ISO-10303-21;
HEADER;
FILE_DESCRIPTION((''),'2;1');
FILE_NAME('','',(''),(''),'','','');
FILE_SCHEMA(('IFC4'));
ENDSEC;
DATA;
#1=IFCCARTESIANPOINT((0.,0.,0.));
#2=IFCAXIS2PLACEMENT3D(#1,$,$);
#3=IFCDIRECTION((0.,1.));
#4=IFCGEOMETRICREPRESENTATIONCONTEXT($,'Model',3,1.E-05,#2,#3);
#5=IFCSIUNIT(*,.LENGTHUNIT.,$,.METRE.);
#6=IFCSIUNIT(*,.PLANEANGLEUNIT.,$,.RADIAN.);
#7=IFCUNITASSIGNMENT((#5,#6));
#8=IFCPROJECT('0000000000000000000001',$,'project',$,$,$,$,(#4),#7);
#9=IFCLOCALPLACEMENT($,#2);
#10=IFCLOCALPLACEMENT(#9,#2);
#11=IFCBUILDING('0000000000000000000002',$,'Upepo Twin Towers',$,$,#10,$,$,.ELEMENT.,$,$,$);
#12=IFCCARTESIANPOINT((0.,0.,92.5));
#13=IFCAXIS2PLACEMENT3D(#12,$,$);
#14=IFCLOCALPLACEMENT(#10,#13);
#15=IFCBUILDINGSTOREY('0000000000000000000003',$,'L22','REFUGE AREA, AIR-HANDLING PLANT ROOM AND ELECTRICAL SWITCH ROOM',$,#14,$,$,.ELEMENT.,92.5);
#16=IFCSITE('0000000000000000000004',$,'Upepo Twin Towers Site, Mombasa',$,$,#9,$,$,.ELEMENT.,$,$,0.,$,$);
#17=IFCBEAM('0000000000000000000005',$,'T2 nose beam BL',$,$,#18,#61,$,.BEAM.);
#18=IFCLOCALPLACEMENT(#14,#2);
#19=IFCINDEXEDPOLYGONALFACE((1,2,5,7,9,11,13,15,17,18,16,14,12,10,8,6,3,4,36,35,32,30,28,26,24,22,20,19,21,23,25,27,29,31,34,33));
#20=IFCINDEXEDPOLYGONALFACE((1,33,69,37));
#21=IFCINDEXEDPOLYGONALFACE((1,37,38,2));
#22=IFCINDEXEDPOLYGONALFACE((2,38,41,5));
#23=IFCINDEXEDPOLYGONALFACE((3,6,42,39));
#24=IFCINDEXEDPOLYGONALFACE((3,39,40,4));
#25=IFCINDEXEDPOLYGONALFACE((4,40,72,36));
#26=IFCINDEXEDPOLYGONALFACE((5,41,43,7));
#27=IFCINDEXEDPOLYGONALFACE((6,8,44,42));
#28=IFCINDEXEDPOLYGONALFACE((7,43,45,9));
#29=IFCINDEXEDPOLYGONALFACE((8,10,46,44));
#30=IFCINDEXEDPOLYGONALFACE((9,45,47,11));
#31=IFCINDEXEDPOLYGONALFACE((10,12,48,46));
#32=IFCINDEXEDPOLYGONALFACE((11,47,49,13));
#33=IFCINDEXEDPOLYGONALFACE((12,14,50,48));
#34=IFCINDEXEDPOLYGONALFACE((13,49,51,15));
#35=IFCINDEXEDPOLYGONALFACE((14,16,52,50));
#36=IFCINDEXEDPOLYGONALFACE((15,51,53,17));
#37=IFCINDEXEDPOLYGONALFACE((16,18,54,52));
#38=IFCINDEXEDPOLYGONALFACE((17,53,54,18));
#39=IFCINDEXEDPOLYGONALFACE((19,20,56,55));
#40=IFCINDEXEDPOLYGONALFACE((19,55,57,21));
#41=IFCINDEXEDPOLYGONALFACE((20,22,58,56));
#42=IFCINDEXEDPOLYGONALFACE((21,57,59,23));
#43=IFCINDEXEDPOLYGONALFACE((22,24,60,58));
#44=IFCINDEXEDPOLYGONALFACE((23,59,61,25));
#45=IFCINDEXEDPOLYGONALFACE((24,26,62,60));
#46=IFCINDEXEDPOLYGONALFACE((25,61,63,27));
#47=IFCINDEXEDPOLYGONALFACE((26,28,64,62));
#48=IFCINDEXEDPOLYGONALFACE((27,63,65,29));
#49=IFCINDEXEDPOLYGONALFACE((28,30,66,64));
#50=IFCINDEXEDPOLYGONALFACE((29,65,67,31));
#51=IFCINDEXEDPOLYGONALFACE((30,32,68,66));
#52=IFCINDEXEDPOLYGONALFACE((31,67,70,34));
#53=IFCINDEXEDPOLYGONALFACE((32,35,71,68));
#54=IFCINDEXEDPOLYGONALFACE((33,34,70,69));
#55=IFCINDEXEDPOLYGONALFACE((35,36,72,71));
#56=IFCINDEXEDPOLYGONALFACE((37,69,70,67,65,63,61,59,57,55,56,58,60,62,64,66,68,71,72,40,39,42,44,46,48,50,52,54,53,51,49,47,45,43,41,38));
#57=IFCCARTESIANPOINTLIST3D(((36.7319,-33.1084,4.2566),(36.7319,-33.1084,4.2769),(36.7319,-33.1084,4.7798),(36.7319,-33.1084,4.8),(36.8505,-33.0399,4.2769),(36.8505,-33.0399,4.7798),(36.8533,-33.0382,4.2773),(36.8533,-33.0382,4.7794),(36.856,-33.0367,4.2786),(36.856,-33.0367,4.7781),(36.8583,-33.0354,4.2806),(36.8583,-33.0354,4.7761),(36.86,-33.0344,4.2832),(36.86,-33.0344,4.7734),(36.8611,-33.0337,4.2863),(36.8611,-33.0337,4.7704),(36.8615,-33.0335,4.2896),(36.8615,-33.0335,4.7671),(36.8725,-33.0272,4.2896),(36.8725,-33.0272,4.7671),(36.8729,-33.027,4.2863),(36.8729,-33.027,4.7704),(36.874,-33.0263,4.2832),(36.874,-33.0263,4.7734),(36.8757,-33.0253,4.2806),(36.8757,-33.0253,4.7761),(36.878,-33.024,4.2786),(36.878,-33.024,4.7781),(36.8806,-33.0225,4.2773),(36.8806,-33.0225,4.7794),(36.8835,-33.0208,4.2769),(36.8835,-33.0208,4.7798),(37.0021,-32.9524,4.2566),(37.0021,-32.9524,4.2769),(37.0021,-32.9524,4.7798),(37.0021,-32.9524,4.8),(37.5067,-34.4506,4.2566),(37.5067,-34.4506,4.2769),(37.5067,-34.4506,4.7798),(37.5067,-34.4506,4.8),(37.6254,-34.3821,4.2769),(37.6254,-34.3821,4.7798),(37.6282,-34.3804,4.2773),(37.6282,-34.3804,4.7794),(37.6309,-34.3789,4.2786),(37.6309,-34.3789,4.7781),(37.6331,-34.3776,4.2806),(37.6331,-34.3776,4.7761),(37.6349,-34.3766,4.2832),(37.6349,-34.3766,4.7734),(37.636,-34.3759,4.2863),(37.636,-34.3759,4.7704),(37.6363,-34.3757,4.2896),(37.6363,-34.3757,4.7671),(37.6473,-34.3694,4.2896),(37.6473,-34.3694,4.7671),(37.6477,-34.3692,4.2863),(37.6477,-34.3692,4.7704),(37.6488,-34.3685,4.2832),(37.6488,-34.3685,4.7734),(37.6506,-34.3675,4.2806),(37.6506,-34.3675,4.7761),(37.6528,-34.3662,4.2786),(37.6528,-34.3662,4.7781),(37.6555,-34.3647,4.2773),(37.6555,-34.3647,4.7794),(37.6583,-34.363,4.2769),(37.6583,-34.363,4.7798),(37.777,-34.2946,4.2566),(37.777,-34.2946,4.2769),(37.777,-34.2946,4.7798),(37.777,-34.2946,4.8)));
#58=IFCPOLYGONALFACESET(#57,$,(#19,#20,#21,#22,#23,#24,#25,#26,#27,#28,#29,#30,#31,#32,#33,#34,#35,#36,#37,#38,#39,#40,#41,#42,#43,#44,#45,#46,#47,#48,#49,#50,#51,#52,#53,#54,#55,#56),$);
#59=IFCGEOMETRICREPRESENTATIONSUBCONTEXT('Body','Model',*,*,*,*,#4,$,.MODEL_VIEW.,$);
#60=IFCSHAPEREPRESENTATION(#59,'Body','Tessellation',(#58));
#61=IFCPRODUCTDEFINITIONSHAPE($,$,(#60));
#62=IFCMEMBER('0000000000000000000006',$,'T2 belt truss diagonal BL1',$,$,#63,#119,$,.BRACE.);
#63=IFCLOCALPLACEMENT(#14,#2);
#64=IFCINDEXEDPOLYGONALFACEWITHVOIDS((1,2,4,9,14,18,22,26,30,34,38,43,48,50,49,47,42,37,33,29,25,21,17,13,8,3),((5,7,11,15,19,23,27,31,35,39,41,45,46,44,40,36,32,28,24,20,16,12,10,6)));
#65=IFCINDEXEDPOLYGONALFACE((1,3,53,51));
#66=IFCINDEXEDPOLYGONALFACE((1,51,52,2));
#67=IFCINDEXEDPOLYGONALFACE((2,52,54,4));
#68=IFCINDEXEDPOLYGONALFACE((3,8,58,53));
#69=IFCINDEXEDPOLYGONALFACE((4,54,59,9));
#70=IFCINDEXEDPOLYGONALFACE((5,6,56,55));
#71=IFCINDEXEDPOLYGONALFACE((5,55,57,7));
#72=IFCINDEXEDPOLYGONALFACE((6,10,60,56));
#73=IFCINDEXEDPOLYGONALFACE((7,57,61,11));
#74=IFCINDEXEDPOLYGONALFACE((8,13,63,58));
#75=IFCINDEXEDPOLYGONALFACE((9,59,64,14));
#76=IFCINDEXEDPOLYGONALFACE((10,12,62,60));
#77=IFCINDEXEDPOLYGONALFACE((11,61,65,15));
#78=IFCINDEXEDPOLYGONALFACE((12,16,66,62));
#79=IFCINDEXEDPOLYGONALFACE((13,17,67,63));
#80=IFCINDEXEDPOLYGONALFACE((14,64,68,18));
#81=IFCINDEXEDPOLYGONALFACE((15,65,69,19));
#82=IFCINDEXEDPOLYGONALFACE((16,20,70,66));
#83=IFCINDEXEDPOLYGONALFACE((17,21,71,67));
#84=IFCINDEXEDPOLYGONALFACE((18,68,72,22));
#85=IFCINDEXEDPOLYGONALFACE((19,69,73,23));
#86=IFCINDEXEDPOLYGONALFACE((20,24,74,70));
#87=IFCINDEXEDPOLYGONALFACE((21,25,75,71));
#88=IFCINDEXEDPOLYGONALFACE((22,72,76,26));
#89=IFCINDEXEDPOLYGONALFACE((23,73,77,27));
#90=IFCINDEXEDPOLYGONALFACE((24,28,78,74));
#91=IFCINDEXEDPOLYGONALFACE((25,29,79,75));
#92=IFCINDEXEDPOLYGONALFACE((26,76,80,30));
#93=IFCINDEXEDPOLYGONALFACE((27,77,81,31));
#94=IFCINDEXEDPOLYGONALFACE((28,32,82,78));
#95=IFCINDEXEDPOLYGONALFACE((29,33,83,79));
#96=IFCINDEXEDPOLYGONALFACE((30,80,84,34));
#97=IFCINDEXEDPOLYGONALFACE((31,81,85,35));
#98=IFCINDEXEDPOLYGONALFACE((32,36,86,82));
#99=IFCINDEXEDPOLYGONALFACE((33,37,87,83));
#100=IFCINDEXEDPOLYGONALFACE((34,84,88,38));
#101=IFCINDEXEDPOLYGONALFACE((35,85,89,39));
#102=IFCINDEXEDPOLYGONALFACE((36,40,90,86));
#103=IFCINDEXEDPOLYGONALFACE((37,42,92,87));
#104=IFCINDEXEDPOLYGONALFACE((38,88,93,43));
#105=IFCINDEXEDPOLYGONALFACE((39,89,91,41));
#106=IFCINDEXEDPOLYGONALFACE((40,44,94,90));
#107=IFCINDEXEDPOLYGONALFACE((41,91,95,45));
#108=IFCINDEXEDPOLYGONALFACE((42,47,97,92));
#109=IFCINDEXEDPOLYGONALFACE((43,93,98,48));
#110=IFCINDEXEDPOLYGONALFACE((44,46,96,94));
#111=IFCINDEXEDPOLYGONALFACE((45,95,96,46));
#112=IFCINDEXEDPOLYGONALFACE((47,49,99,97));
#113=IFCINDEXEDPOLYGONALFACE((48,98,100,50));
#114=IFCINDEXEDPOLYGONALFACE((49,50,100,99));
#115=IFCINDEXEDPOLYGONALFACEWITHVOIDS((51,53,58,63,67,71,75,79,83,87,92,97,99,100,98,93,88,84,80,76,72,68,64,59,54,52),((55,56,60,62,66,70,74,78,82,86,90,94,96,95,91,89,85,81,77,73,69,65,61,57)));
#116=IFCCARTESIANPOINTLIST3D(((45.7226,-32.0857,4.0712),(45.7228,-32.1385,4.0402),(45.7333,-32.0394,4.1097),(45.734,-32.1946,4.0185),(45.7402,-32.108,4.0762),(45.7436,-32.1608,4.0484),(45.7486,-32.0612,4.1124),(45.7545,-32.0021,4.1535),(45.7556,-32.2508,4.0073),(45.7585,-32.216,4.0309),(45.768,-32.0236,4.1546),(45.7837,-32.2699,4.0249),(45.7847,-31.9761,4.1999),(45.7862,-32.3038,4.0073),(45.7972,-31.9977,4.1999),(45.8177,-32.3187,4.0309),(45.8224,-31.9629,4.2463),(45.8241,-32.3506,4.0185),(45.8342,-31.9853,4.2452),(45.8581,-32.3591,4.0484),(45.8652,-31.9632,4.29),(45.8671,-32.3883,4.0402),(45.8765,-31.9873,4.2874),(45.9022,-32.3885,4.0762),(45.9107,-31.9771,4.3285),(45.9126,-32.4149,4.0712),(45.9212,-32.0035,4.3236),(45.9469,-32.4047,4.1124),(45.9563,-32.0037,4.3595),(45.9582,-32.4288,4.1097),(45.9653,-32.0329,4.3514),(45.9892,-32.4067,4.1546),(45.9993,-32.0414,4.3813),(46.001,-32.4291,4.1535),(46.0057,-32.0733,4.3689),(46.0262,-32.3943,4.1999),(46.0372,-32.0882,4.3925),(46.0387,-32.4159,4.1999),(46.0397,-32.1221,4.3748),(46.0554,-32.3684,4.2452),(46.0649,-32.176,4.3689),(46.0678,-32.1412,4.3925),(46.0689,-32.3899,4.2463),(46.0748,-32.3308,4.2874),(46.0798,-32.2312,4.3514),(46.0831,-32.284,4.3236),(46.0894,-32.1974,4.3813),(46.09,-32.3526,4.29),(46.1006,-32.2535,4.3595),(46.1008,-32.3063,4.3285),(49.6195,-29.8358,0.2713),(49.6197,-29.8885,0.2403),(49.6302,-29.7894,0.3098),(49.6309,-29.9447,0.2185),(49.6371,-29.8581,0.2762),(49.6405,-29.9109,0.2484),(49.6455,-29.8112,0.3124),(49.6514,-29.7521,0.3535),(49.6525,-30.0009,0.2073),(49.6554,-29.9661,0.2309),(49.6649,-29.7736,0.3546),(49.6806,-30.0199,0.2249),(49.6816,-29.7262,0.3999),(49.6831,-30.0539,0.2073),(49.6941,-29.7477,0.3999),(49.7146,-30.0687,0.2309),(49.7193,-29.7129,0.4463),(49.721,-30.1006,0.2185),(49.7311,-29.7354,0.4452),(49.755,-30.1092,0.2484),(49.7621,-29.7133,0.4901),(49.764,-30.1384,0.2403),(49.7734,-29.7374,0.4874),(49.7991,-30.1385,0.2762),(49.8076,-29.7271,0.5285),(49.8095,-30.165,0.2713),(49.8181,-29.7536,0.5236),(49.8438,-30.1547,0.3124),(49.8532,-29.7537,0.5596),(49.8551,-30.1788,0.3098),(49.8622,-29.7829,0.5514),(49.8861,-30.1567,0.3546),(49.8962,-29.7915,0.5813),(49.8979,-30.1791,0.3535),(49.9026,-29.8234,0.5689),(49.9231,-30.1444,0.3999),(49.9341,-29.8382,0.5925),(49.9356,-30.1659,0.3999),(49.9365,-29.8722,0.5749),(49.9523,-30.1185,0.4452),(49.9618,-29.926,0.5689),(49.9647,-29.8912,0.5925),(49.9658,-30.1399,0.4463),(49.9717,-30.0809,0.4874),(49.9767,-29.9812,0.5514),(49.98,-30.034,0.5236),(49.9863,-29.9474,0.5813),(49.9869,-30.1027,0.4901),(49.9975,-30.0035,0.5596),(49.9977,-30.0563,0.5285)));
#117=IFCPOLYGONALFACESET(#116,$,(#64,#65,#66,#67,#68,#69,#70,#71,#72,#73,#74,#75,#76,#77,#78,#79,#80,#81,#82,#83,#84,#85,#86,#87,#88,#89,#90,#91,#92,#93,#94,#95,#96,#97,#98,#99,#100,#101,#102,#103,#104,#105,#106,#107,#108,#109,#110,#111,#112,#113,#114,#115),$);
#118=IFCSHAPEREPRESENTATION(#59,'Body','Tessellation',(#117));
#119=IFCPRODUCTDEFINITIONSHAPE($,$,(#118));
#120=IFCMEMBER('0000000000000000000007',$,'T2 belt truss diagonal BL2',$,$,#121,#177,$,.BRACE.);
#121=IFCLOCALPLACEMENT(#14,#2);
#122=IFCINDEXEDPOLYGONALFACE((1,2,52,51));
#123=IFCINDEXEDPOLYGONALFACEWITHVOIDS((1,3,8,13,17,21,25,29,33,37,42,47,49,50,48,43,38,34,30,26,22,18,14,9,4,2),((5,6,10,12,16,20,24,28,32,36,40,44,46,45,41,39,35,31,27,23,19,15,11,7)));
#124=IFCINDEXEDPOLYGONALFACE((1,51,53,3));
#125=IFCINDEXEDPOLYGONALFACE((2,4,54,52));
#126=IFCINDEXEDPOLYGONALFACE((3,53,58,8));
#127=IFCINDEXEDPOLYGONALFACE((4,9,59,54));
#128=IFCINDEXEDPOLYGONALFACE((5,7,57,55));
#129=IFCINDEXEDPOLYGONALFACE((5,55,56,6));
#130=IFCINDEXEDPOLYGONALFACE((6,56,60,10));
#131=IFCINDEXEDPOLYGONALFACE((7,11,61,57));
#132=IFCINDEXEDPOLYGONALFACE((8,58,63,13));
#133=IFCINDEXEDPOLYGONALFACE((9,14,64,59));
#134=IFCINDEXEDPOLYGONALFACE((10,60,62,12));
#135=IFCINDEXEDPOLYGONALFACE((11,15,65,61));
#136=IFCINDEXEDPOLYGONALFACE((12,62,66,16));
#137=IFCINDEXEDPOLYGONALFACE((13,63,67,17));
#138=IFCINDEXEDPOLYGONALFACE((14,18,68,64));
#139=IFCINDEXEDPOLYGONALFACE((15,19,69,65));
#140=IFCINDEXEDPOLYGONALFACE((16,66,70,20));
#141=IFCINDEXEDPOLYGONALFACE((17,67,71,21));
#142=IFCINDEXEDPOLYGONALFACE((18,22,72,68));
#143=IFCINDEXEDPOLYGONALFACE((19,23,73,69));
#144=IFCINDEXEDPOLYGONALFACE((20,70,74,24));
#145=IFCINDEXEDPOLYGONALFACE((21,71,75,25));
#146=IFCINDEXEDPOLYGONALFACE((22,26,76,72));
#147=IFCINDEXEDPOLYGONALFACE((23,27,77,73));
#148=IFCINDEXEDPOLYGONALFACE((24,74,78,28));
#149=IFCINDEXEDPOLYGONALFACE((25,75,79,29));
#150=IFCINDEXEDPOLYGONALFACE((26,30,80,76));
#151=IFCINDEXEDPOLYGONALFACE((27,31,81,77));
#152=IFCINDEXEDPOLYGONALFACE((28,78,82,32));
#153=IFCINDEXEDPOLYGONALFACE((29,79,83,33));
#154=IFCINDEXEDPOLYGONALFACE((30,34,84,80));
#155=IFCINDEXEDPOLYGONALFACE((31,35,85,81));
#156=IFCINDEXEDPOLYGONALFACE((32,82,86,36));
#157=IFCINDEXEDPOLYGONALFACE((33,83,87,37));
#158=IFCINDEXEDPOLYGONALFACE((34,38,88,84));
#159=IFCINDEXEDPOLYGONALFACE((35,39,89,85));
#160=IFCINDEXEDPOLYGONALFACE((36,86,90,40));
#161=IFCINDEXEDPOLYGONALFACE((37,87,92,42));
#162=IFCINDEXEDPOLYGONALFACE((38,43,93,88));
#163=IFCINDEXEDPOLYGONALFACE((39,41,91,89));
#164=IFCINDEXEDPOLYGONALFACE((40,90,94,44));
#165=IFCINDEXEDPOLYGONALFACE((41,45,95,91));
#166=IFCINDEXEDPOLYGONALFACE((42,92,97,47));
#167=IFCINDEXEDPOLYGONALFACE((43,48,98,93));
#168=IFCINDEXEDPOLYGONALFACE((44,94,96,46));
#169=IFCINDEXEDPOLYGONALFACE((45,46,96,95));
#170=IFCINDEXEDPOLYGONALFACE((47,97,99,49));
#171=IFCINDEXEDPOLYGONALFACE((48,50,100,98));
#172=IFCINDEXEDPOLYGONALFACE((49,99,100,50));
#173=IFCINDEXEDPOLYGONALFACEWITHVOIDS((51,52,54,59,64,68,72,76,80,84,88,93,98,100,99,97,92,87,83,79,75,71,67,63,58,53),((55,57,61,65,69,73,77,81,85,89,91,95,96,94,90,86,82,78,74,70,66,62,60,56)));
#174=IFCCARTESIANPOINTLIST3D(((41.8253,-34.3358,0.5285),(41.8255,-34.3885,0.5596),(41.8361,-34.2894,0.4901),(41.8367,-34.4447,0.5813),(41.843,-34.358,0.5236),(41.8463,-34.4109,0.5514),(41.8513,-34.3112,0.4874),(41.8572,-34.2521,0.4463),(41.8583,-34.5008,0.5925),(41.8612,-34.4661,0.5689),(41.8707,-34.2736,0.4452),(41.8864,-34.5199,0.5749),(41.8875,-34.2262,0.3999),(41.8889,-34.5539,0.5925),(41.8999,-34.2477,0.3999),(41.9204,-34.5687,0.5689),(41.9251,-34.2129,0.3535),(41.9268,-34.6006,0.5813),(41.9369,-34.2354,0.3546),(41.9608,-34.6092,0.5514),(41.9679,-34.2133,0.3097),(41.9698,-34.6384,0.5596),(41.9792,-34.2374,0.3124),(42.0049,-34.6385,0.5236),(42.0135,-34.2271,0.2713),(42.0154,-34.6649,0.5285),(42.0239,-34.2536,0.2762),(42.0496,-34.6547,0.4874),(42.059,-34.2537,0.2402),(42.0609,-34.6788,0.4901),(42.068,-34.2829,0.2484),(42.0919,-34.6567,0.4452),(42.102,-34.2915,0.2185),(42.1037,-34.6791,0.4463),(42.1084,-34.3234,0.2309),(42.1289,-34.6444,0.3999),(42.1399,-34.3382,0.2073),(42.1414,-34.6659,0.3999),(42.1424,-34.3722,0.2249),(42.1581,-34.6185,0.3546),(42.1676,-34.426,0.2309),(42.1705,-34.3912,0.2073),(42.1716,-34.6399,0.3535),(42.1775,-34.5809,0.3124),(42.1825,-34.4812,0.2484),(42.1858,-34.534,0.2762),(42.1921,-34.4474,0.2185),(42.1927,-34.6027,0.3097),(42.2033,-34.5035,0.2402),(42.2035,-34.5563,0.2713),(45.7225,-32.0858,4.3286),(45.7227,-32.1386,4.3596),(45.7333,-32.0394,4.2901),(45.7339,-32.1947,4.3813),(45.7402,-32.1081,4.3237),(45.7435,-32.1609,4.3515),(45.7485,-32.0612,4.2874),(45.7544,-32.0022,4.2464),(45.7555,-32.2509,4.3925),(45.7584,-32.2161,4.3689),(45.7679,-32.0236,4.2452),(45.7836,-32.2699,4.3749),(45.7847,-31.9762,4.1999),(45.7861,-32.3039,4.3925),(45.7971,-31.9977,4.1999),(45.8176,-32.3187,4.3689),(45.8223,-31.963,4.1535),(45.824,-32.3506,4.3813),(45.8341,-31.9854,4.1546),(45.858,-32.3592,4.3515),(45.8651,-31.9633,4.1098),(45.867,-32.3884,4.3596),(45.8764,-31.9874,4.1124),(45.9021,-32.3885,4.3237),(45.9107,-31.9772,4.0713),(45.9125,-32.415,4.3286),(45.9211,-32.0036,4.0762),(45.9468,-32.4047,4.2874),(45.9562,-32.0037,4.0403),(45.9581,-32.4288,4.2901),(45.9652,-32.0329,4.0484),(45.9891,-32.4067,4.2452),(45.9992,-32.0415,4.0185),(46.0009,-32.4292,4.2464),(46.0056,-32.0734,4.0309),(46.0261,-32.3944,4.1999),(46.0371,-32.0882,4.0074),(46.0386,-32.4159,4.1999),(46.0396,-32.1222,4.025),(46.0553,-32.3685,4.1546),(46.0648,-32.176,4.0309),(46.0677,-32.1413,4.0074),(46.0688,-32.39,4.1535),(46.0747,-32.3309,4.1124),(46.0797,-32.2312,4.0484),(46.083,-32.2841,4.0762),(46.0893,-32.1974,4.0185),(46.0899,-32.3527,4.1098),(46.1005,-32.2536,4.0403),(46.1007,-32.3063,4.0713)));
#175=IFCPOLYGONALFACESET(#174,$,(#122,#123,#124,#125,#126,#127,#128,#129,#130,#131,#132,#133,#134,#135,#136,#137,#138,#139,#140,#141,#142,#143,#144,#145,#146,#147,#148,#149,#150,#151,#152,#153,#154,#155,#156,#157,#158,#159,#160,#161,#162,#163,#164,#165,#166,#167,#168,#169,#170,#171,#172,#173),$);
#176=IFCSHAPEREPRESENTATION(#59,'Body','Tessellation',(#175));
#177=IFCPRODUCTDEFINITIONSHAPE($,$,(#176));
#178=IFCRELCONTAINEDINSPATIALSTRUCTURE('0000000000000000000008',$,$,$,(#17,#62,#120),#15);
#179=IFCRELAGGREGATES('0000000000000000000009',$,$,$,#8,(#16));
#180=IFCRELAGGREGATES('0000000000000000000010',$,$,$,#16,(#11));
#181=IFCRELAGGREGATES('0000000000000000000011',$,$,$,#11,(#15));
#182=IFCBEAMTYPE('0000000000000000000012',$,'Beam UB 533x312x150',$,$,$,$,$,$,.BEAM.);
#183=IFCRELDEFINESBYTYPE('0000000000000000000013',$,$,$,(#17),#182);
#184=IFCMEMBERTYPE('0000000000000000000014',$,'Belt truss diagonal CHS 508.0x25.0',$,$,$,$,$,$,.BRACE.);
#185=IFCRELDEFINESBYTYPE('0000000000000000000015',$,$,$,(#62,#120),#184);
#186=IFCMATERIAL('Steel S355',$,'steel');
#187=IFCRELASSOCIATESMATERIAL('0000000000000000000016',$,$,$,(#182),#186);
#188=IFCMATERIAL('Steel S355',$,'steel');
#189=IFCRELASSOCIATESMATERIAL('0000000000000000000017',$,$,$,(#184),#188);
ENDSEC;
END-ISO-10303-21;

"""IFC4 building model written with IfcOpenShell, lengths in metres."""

from ifc_helpers import new_model, si_unit, direction, frame, origin, origin_2d, place, context, subcontext, project, spatial, hollow_circle, i_section, extrude, material, material_profile, profile_set, type_object, element, save


model = new_model("IFC4")

# Units and contexts
model_context = context("Model", 3, precision=1e-05, world=origin(), true_north=direction((0.0, 1.0)))
body_context = subcontext(model_context, "Body", "Model", "MODEL_VIEW")
ifc_project = project(units=[si_unit("LENGTHUNIT", "METRE"), si_unit("PLANEANGLEUNIT", "RADIAN")], contexts=[model_context])

# Site, building, storey
site_placement = place(None, origin())
site = spatial("IfcSite", under=ifc_project, at=site_placement, Name="Upepo Twin Towers Site, Mombasa", CompositionType="ELEMENT", RefElevation=0.0)
building_placement = place(site_placement, origin())
building = spatial("IfcBuilding", under=site, at=building_placement, Name="Upepo Twin Towers", CompositionType="ELEMENT")
storey_placement = place(building_placement, frame((0.0, 0.0, 92.5)))
storey = spatial("IfcBuildingStorey", under=building, at=storey_placement, Name="L22", Description="REFUGE AREA, AIR-HANDLING PLANT ROOM AND ELECTRICAL SWITCH ROOM", CompositionType="ELEMENT", Elevation=92.5)

# Beam
ifc_material_1 = material(Name="Steel S355", Category="steel")
ifc_material_profile_1 = material_profile(ifc_material_1, i_section(OverallWidth=0.312, OverallDepth=0.5435, WebThickness=0.0127, FlangeThickness=0.0203, FilletRadius=0.0127, at=origin_2d()), Name="UB 533x312x150")
ifc_profile_set_1 = profile_set([ifc_material_profile_1], Name="Steel S355")
beam_type_1 = type_object("IfcBeamType", Name="Beam UB 533x312x150", PredefinedType="BEAM", material=ifc_profile_set_1)
beam_1_placement = place(storey_placement, frame((37.6418, -34.3726, 4.5283), z_axis=(-0.499968, 0.866044, 0.0), x_axis=(-0.866044, -0.499968, 0.0)))
element("IfcBeam", 1, at=beam_1_placement, inside=storey, type_object=beam_type_1, Name="T2 nose beam BL", PredefinedType="BEAM", context=body_context, shape_type="SweptSolid", body=[
    extrude(i_section(OverallWidth=0.312, OverallDepth=0.5435, WebThickness=0.0127, FlangeThickness=0.0203, FilletRadius=0.0127, at=origin_2d()), origin(), (0.0, 0.0, 1.0), 1.5498),
])

# Members
ifc_material_2 = material(Name="Steel S355", Category="steel")
ifc_material_profile_2 = material_profile(ifc_material_2, hollow_circle(Radius=0.2539, WallThickness=0.0249, at=origin_2d()), Name="CHS 508.0x25.0")
ifc_profile_set_2 = profile_set([ifc_material_profile_2], Name="Steel S355")
member_type = type_object("IfcMemberType", Name="Belt truss diagonal CHS 508.0x25.0", PredefinedType="BRACE", material=ifc_profile_set_2)
member_1_placement = place(storey_placement, frame((49.8086, -29.946, 0.3999), z_axis=(-0.661652, -0.382019, 0.645196), x_axis=(0.500014, -0.866018, 0.0)))
element("IfcMember", 2, at=member_1_placement, inside=storey, type_object=member_type, Name="T2 belt truss diagonal BL1", PredefinedType="BRACE", context=body_context, shape_type="SweptSolid", body=[
    extrude(hollow_circle(Radius=0.2539, WallThickness=0.0249, at=origin_2d()), origin(), (0.0, 0.0, 1.0), 5.8896),
])
member_2_placement = place(storey_placement, frame((42.0144, -34.446, 0.3999), z_axis=(0.661676, 0.382009, 0.645178), x_axis=(-0.49999, 0.866031, 0.0)))
element("IfcMember", 3, at=member_2_placement, inside=storey, type_object=member_type, Name="T2 belt truss diagonal BL2", PredefinedType="BRACE", context=body_context, shape_type="SweptSolid", body=[
    extrude(hollow_circle(Radius=0.2539, WallThickness=0.0249, at=origin_2d()), origin(), (0.0, 0.0, 1.0), 5.8899),
])

save(model, "model.ifc")
